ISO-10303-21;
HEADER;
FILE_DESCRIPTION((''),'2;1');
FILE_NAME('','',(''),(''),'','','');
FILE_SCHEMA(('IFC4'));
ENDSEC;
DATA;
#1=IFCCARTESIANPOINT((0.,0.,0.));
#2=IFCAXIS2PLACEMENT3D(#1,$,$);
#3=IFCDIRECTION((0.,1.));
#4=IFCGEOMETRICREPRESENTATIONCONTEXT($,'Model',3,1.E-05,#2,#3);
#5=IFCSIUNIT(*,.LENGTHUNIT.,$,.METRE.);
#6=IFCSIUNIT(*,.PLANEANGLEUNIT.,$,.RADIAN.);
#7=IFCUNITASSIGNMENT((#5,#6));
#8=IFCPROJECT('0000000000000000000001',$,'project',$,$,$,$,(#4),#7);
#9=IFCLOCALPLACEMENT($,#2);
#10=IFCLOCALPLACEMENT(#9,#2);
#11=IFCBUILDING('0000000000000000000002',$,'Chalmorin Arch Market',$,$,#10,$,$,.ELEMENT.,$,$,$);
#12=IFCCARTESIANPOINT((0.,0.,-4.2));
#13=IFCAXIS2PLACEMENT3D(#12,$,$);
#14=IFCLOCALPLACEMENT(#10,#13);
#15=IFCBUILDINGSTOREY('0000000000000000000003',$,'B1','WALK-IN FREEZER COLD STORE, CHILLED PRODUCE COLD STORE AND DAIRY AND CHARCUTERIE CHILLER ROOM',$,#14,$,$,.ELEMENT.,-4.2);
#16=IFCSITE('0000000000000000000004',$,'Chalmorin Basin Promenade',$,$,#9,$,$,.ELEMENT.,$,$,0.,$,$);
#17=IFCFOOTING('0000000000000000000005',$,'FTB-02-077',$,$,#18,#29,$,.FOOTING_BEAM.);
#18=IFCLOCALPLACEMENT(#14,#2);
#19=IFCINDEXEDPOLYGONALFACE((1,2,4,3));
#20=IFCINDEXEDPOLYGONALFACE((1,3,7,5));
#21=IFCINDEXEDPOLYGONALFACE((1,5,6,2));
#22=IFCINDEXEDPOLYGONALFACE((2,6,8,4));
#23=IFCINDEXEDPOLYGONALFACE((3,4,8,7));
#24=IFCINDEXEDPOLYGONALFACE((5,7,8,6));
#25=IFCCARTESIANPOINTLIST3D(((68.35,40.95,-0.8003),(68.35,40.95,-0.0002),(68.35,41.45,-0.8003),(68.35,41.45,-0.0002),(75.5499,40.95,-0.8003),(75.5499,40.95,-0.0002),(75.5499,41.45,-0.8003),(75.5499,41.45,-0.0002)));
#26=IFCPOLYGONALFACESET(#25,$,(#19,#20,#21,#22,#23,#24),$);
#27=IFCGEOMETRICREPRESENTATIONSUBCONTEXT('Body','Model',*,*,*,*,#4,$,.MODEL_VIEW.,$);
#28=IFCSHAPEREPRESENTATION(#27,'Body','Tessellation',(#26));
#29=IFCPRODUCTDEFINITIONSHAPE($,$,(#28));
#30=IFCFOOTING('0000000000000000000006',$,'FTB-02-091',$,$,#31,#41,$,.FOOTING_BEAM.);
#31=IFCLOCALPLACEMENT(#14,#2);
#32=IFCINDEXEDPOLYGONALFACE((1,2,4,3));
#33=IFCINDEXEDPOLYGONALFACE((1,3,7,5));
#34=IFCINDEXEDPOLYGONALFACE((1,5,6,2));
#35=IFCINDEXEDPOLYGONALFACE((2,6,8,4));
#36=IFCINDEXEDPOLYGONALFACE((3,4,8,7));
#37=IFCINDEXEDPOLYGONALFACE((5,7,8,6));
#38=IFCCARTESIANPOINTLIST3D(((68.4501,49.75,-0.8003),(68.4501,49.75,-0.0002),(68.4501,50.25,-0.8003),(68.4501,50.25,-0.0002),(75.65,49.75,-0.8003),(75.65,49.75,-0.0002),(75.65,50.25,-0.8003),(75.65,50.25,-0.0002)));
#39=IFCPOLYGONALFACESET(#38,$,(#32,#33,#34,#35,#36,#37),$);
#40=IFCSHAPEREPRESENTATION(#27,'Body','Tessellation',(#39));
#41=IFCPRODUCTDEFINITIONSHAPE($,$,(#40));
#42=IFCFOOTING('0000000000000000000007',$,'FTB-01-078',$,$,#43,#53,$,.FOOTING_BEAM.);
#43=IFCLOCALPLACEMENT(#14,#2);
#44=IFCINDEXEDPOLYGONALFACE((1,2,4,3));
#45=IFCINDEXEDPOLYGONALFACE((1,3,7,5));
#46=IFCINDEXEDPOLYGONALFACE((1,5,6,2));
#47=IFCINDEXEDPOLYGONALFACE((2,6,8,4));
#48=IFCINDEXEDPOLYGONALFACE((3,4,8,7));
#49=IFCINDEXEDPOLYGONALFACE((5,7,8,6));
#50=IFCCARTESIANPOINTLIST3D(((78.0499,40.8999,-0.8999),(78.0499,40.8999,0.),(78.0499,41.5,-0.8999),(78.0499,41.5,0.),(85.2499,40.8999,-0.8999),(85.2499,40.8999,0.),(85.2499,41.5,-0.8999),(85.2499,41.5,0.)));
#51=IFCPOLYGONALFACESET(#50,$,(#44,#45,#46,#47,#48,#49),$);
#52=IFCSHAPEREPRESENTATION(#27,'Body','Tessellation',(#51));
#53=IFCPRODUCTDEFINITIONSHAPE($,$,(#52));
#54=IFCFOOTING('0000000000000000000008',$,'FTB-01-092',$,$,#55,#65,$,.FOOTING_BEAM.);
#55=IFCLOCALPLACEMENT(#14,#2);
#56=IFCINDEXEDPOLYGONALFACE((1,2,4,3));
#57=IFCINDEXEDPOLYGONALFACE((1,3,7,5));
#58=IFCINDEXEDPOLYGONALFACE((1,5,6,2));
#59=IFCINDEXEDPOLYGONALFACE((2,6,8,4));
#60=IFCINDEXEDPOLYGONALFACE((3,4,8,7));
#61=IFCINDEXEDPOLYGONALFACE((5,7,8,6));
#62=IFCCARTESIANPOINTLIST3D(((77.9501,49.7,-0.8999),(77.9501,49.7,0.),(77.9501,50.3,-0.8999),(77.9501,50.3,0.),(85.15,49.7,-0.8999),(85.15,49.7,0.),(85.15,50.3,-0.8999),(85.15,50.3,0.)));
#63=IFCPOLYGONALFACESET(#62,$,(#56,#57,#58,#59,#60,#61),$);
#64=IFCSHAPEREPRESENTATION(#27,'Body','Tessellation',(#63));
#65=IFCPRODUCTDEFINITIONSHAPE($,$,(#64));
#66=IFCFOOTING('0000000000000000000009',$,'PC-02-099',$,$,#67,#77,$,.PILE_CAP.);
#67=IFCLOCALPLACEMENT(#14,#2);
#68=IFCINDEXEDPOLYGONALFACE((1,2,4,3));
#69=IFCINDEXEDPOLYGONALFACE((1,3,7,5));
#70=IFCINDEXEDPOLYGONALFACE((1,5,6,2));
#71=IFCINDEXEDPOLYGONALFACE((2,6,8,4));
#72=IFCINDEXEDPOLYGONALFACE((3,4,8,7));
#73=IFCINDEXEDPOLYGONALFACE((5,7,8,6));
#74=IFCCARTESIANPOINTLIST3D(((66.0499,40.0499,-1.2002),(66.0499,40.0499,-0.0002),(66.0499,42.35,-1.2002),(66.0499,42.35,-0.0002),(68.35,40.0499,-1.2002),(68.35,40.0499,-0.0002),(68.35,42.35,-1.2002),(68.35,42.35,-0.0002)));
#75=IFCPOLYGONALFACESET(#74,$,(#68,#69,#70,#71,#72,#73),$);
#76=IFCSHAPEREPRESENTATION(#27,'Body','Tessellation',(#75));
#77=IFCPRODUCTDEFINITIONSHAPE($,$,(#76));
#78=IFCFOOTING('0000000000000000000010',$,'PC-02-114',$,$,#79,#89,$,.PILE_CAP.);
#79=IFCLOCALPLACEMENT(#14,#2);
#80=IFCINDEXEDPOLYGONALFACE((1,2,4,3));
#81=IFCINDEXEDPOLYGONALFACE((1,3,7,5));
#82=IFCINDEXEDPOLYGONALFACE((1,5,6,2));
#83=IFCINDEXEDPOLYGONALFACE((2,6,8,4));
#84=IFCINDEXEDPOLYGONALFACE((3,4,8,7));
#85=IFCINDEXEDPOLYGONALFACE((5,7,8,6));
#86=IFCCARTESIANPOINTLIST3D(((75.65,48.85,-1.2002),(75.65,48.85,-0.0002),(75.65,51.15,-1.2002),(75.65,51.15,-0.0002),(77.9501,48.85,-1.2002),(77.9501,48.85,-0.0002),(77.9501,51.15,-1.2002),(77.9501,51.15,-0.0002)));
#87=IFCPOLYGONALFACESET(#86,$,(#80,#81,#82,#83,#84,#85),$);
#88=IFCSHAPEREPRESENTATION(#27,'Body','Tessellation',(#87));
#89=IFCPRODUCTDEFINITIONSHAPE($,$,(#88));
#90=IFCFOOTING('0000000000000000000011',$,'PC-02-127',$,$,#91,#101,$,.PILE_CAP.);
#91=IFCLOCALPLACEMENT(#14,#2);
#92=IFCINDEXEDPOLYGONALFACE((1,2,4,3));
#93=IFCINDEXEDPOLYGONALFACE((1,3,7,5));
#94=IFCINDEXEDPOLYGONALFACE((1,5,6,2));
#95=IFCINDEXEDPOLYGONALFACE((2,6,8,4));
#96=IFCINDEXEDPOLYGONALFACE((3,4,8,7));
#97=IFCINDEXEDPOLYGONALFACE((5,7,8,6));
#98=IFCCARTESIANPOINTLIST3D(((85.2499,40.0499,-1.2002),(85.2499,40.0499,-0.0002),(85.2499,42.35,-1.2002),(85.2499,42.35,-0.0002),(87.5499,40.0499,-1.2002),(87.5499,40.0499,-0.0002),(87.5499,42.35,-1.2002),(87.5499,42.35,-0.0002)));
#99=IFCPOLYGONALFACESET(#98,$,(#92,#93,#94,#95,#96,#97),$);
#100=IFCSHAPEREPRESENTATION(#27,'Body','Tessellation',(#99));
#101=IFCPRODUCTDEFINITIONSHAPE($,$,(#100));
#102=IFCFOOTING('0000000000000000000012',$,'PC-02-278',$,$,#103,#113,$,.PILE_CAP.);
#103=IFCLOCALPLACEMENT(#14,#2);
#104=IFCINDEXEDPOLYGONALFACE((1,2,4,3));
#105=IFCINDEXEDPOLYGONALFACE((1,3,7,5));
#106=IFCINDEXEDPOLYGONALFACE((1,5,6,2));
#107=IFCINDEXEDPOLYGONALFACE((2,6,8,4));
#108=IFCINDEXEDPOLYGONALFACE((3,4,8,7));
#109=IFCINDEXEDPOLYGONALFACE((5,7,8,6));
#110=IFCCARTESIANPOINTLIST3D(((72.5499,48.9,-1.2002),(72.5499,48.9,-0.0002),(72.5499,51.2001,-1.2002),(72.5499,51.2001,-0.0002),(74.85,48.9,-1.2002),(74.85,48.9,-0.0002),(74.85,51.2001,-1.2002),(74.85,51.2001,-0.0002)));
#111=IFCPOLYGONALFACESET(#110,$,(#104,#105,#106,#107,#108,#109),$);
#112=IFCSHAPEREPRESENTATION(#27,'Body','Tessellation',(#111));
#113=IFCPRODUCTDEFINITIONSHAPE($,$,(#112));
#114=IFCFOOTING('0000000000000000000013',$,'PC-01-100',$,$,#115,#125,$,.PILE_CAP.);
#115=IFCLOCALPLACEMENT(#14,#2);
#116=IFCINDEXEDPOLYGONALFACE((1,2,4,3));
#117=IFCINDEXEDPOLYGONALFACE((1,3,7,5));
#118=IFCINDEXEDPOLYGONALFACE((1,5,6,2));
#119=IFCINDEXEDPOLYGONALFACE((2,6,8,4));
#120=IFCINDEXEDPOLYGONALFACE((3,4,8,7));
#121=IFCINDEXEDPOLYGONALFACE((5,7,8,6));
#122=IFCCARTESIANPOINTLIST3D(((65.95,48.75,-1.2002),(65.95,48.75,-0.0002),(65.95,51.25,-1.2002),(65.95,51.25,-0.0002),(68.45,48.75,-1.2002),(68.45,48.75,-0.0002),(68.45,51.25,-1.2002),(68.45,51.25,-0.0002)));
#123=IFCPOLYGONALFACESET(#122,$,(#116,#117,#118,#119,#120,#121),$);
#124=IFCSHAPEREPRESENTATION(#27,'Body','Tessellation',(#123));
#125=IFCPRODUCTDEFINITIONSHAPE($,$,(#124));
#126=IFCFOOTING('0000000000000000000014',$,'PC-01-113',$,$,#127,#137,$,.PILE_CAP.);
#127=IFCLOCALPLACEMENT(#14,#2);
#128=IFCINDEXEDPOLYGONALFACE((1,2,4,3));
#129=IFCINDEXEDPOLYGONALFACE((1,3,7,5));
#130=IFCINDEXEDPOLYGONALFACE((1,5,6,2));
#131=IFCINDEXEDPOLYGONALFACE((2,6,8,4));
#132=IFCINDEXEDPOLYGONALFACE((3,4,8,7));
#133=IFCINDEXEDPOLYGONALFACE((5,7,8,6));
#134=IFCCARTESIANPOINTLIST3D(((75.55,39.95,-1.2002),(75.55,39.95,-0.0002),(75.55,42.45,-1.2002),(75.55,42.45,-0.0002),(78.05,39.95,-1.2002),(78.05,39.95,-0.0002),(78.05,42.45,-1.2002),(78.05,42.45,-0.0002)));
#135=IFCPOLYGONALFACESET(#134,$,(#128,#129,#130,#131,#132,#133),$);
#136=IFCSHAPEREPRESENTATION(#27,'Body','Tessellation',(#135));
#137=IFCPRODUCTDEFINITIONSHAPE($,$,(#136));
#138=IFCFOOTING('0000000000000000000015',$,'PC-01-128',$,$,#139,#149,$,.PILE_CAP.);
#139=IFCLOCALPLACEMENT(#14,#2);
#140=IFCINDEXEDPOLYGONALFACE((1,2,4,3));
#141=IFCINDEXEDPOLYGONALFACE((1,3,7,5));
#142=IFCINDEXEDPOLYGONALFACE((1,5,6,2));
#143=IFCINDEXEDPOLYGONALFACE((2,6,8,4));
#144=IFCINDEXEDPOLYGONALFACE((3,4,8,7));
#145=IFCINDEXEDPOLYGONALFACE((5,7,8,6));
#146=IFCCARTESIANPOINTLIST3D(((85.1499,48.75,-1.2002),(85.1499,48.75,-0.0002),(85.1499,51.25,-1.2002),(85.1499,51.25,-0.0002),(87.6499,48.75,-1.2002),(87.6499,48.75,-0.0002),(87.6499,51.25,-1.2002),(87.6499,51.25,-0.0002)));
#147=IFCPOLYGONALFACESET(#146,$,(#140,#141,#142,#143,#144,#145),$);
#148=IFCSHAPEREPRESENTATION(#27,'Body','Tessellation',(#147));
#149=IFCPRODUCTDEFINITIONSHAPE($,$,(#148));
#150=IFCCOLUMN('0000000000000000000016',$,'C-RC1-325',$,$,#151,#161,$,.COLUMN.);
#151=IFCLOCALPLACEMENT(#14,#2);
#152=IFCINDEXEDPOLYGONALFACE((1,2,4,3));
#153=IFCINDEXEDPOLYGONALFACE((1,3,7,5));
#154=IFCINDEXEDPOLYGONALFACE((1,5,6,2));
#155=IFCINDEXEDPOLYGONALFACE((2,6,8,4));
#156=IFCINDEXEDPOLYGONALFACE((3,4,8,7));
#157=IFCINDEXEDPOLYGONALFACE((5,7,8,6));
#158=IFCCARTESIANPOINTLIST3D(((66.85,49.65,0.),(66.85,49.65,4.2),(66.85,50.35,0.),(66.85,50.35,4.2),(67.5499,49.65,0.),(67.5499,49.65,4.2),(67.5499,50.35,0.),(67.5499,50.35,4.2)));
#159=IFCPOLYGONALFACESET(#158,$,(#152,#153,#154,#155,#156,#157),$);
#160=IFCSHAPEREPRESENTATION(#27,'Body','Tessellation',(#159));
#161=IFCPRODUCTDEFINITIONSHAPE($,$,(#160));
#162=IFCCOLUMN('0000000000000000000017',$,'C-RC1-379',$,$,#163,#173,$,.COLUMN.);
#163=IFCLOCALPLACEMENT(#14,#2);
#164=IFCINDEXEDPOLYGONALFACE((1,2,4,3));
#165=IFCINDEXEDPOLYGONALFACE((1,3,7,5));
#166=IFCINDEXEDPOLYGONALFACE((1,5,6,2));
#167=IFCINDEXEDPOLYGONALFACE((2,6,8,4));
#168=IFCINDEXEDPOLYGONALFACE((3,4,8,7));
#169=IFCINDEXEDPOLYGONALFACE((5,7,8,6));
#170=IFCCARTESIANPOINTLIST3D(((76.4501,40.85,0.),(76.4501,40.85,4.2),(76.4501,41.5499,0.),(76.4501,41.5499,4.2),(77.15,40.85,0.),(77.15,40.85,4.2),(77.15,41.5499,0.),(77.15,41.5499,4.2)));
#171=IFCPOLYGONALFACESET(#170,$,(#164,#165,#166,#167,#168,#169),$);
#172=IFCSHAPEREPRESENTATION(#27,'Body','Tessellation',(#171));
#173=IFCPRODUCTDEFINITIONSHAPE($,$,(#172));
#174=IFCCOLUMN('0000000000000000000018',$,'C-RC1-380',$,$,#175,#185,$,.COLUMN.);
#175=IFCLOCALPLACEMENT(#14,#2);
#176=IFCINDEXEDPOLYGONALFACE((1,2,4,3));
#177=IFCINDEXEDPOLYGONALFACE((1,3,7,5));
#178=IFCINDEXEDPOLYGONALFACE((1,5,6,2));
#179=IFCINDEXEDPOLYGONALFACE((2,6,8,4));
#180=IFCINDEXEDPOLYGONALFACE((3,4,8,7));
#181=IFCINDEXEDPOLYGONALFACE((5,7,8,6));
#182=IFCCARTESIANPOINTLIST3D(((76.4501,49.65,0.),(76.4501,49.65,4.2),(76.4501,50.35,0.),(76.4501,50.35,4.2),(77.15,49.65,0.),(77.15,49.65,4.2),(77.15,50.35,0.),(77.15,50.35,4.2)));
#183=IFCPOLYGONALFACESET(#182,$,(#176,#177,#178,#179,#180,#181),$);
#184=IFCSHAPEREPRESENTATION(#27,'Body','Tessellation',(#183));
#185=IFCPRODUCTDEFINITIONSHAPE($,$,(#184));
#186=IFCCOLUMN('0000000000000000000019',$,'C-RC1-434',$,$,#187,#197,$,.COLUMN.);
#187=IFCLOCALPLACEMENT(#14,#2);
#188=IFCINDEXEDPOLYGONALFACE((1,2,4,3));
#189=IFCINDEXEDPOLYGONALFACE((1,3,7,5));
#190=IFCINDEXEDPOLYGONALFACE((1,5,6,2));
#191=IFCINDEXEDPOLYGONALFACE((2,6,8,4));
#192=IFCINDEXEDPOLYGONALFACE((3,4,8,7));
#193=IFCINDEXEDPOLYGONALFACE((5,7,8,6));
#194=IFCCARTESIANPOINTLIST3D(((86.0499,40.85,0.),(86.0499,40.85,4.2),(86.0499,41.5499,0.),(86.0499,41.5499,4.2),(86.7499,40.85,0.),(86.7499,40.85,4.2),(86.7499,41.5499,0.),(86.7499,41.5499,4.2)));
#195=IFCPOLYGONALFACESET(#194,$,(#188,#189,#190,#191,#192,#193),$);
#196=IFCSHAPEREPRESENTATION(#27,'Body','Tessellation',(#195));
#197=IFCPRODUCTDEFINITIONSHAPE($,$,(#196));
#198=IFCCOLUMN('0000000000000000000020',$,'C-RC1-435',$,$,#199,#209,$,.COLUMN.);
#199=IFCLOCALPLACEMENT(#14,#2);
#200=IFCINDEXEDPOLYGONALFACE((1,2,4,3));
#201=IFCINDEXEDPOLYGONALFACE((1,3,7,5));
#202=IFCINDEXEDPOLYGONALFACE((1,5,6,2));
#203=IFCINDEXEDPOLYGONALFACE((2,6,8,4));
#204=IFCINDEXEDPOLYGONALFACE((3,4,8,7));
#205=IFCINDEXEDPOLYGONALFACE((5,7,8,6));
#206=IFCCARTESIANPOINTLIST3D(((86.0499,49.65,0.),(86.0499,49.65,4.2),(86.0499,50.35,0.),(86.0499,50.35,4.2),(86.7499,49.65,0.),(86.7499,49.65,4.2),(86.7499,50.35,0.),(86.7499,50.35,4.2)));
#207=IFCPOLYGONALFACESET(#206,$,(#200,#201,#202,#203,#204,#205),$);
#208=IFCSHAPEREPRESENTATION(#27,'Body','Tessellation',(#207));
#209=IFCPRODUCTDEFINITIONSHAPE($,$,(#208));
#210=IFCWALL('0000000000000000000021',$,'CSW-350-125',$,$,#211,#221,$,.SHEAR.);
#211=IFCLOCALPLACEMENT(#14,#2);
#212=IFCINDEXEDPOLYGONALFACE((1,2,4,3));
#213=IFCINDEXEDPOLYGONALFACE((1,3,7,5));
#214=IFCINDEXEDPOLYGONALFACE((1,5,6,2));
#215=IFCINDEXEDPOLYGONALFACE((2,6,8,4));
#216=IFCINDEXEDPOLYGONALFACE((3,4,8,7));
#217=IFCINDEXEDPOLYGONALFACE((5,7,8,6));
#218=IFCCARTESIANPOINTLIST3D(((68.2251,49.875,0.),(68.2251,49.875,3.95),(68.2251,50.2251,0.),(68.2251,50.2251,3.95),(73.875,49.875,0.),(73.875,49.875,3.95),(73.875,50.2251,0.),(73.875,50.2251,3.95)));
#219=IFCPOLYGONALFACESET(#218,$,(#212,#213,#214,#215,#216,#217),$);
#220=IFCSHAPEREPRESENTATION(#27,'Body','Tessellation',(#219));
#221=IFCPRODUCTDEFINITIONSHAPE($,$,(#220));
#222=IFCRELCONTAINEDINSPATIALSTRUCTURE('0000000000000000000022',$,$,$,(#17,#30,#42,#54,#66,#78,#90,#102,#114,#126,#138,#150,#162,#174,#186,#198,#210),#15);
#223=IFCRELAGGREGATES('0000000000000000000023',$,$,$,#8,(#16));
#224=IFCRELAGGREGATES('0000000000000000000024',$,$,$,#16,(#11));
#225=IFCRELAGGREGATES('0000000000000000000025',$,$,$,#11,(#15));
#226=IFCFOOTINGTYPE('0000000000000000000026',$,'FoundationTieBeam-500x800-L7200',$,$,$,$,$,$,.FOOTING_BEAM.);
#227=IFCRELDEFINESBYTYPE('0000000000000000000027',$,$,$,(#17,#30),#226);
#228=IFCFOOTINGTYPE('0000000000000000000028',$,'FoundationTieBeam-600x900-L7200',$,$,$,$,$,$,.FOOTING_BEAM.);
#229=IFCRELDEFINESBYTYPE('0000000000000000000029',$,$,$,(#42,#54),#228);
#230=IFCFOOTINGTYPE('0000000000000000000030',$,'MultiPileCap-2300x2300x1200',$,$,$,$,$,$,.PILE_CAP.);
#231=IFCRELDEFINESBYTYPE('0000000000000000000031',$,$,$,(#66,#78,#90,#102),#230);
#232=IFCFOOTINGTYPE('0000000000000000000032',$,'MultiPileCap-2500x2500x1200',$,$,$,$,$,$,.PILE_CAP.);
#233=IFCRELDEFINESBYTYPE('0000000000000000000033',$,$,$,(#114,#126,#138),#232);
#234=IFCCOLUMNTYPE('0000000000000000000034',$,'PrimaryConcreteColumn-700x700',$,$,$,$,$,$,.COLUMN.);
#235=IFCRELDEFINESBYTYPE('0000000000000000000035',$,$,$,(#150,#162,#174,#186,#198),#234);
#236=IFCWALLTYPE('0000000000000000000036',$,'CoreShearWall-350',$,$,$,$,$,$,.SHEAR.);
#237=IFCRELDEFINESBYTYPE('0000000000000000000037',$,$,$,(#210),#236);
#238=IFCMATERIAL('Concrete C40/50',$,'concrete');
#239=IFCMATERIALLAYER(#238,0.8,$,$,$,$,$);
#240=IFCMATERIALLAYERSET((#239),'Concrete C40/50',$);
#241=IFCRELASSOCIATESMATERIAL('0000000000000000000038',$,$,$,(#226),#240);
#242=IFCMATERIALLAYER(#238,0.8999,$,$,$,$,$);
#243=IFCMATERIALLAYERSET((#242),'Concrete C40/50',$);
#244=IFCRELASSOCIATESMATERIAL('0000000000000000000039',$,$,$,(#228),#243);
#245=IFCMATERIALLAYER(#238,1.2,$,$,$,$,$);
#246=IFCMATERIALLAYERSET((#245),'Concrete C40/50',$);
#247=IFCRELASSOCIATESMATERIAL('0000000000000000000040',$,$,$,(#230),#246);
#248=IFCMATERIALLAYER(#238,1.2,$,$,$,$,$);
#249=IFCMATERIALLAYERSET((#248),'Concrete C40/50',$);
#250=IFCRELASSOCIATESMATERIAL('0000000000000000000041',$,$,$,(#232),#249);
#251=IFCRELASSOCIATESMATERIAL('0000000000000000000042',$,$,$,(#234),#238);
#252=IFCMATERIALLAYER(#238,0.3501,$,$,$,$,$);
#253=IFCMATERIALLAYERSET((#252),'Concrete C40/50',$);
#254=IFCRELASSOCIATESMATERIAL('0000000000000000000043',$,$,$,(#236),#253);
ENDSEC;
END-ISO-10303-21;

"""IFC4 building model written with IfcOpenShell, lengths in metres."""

from ifc_helpers import new_model, si_unit, direction, frame, frame_2d, origin, origin_2d, place, context, subcontext, project, spatial, rectangle, extrude, material, layer, layer_set, material_profile, profile_set, type_object, element, save


model = new_model("IFC4")

# Units and contexts
model_context = context("Model", 3, precision=1e-05, world=origin(), true_north=direction((0.0, 1.0)))
body_context = subcontext(model_context, "Body", "Model", "MODEL_VIEW")
ifc_project = project(units=[si_unit("LENGTHUNIT", "METRE"), si_unit("PLANEANGLEUNIT", "RADIAN")], contexts=[model_context])

# Site, building, storey
site_placement = place(None, origin())
site = spatial("IfcSite", under=ifc_project, at=site_placement, Name="Chalmorin Basin Promenade", CompositionType="ELEMENT", RefElevation=0.0)
building_placement = place(site_placement, origin())
building = spatial("IfcBuilding", under=site, at=building_placement, Name="Chalmorin Arch Market", CompositionType="ELEMENT")
storey_placement = place(building_placement, frame((0.0, 0.0, -4.2)))
storey = spatial("IfcBuildingStorey", under=building, at=storey_placement, Name="B1", Description="WALK-IN FREEZER COLD STORE, CHILLED PRODUCE COLD STORE AND DAIRY AND CHARCUTERIE CHILLER ROOM", CompositionType="ELEMENT", Elevation=-4.2)

# Footings
ifc_material_1 = material(Name="Concrete C40/50", Category="concrete")
ifc_layer_1 = layer(ifc_material_1, 0.8)
ifc_layer_set_1 = layer_set([ifc_layer_1], Name="Concrete C40/50")
footing_type_1 = type_object("IfcFootingType", Name="FoundationTieBeam-500x800-L7200", PredefinedType="FOOTING_BEAM", material=ifc_layer_set_1)
for number, where, z_axis, x_axis, name in (
    (1, (71.95, 41.2, -0.8003), (0.0, 0.0, 1.0), (1.0, 0.0, 0.0), "FTB-02-077"),
    (2, (72.05, 50.0, -0.8003), (0.0, 0.0, 1.0), (1.0, 0.0, 0.0), "FTB-02-091"),
):
    element("IfcFooting", number, at=place(storey_placement, frame(where, z_axis=z_axis, x_axis=x_axis)), inside=storey, type_object=footing_type_1, Name=name, PredefinedType="FOOTING_BEAM", context=body_context, shape_type="SweptSolid", body=[
        extrude(rectangle(XDim=7.2, YDim=0.5, at=origin_2d()), origin(), (0.0, 0.0, 1.0), 0.8),
    ])
ifc_layer_2 = layer(ifc_material_1, 0.8999)
ifc_layer_set_2 = layer_set([ifc_layer_2], Name="Concrete C40/50")
footing_type_2 = type_object("IfcFootingType", Name="FoundationTieBeam-600x900-L7200", PredefinedType="FOOTING_BEAM", material=ifc_layer_set_2)
for number, where, z_axis, x_axis, name in (
    (3, (81.6499, 41.2, -0.8999), (0.0, 0.0, 1.0), (1.0, 0.0, 0.0), "FTB-01-078"),
    (4, (81.55, 50.0, -0.8999), (0.0, 0.0, 1.0), (1.0, 0.0, 0.0), "FTB-01-092"),
):
    element("IfcFooting", number, at=place(storey_placement, frame(where, z_axis=z_axis, x_axis=x_axis)), inside=storey, type_object=footing_type_2, Name=name, PredefinedType="FOOTING_BEAM", context=body_context, shape_type="SweptSolid", body=[
        extrude(rectangle(XDim=7.2, YDim=0.6001, at=origin_2d()), origin(), (0.0, 0.0, 1.0), 0.8999),
    ])
ifc_layer_3 = layer(ifc_material_1, 1.2)
ifc_layer_set_3 = layer_set([ifc_layer_3], Name="Concrete C40/50")
footing_type_3 = type_object("IfcFootingType", Name="MultiPileCap-2300x2300x1200", PredefinedType="PILE_CAP", material=ifc_layer_set_3)
for number, where, z_axis, x_axis, name in (
    (5, (67.2, 41.2, -1.2002), (0.0, 0.0, 1.0), (1.0, 0.0, 0.0), "PC-02-099"),
    (6, (76.8, 50.0, -1.2002), (0.0, 0.0, 1.0), (1.0, 0.0, 0.0), "PC-02-114"),
    (7, (86.3999, 41.2, -1.2002), (0.0, 0.0, 1.0), (1.0, 0.0, 0.0), "PC-02-127"),
    (8, (73.7, 50.05, -1.2002), (0.0, 0.0, 1.0), (1.0, 0.0, 0.0), "PC-02-278"),
):
    element("IfcFooting", number, at=place(storey_placement, frame(where, z_axis=z_axis, x_axis=x_axis)), inside=storey, type_object=footing_type_3, Name=name, PredefinedType="PILE_CAP", context=body_context, shape_type="SweptSolid", body=[
        extrude(rectangle(XDim=2.3, YDim=2.3, at=origin_2d()), origin(), (0.0, 0.0, 1.0), 1.2),
    ])
ifc_layer_4 = layer(ifc_material_1, 1.2)
ifc_layer_set_4 = layer_set([ifc_layer_4], Name="Concrete C40/50")
footing_type_4 = type_object("IfcFootingType", Name="MultiPileCap-2500x2500x1200", PredefinedType="PILE_CAP", material=ifc_layer_set_4)
for number, where, z_axis, x_axis, name in (
    (9, (67.2, 50.0, -1.2002), (0.0, 0.0, 1.0), (1.0, 0.0, 0.0), "PC-01-100"),
    (10, (76.8, 41.2, -1.2002), (0.0, 0.0, 1.0), (1.0, 0.0, 0.0), "PC-01-113"),
    (11, (86.3999, 50.0, -1.2002), (0.0, 0.0, 1.0), (1.0, 0.0, 0.0), "PC-01-128"),
):
    element("IfcFooting", number, at=place(storey_placement, frame(where, z_axis=z_axis, x_axis=x_axis)), inside=storey, type_object=footing_type_4, Name=name, PredefinedType="PILE_CAP", context=body_context, shape_type="SweptSolid", body=[
        extrude(rectangle(XDim=2.5, YDim=2.5, at=origin_2d()), origin(), (0.0, 0.0, 1.0), 1.2),
    ])

# Columns
ifc_material_profile_1 = material_profile(ifc_material_1, rectangle(XDim=0.7, YDim=0.7, at=origin_2d()), Name="RC700X700")
ifc_profile_set_1 = profile_set([ifc_material_profile_1], Name="Concrete C40/50")
column_type = type_object("IfcColumnType", Name="PrimaryConcreteColumn-700x700", PredefinedType="COLUMN", material=ifc_profile_set_1)
for number, where, z_axis, x_axis, name in (
    (12, (67.2, 50.0, 0.0), (0.0, 0.0, 1.0), (1.0, 0.0, 0.0), "C-RC1-325"),
    (13, (76.8, 41.2, 0.0), (0.0, 0.0, 1.0), (1.0, 0.0, 0.0), "C-RC1-379"),
    (14, (76.8, 50.0, 0.0), (0.0, 0.0, 1.0), (1.0, 0.0, 0.0), "C-RC1-380"),
    (15, (86.3999, 41.2, 0.0), (0.0, 0.0, 1.0), (1.0, 0.0, 0.0), "C-RC1-434"),
    (16, (86.3999, 50.0, 0.0), (0.0, 0.0, 1.0), (1.0, 0.0, 0.0), "C-RC1-435"),
):
    element("IfcColumn", number, at=place(storey_placement, frame(where, z_axis=z_axis, x_axis=x_axis)), inside=storey, type_object=column_type, Name=name, PredefinedType="COLUMN", context=body_context, shape_type="SweptSolid", body=[
        extrude(rectangle(XDim=0.7, YDim=0.7, at=origin_2d()), origin(), (0.0, 0.0, 1.0), 4.2),
    ])

# Wall
ifc_layer_5 = layer(ifc_material_1, 0.3501)
ifc_layer_set_5 = layer_set([ifc_layer_5], Name="Concrete C40/50")
wall_type = type_object("IfcWallType", Name="CoreShearWall-350", PredefinedType="SHEAR", material=ifc_layer_set_5)
wall_1_placement = place(storey_placement, frame((73.875, 50.05, 0.0), z_axis=(0.0, 0.0, 1.0), x_axis=(-1.0, 0.0, 0.0)))
element("IfcWall", 17, at=wall_1_placement, inside=storey, type_object=wall_type, Name="CSW-350-125", PredefinedType="SHEAR", context=body_context, shape_type="SweptSolid", body=[
    extrude(rectangle(XDim=5.6499, YDim=0.3501, at=frame_2d((2.825, 0.0))), origin(), (0.0, 0.0, 1.0), 3.95),
])

save(model, "model.ifc")
